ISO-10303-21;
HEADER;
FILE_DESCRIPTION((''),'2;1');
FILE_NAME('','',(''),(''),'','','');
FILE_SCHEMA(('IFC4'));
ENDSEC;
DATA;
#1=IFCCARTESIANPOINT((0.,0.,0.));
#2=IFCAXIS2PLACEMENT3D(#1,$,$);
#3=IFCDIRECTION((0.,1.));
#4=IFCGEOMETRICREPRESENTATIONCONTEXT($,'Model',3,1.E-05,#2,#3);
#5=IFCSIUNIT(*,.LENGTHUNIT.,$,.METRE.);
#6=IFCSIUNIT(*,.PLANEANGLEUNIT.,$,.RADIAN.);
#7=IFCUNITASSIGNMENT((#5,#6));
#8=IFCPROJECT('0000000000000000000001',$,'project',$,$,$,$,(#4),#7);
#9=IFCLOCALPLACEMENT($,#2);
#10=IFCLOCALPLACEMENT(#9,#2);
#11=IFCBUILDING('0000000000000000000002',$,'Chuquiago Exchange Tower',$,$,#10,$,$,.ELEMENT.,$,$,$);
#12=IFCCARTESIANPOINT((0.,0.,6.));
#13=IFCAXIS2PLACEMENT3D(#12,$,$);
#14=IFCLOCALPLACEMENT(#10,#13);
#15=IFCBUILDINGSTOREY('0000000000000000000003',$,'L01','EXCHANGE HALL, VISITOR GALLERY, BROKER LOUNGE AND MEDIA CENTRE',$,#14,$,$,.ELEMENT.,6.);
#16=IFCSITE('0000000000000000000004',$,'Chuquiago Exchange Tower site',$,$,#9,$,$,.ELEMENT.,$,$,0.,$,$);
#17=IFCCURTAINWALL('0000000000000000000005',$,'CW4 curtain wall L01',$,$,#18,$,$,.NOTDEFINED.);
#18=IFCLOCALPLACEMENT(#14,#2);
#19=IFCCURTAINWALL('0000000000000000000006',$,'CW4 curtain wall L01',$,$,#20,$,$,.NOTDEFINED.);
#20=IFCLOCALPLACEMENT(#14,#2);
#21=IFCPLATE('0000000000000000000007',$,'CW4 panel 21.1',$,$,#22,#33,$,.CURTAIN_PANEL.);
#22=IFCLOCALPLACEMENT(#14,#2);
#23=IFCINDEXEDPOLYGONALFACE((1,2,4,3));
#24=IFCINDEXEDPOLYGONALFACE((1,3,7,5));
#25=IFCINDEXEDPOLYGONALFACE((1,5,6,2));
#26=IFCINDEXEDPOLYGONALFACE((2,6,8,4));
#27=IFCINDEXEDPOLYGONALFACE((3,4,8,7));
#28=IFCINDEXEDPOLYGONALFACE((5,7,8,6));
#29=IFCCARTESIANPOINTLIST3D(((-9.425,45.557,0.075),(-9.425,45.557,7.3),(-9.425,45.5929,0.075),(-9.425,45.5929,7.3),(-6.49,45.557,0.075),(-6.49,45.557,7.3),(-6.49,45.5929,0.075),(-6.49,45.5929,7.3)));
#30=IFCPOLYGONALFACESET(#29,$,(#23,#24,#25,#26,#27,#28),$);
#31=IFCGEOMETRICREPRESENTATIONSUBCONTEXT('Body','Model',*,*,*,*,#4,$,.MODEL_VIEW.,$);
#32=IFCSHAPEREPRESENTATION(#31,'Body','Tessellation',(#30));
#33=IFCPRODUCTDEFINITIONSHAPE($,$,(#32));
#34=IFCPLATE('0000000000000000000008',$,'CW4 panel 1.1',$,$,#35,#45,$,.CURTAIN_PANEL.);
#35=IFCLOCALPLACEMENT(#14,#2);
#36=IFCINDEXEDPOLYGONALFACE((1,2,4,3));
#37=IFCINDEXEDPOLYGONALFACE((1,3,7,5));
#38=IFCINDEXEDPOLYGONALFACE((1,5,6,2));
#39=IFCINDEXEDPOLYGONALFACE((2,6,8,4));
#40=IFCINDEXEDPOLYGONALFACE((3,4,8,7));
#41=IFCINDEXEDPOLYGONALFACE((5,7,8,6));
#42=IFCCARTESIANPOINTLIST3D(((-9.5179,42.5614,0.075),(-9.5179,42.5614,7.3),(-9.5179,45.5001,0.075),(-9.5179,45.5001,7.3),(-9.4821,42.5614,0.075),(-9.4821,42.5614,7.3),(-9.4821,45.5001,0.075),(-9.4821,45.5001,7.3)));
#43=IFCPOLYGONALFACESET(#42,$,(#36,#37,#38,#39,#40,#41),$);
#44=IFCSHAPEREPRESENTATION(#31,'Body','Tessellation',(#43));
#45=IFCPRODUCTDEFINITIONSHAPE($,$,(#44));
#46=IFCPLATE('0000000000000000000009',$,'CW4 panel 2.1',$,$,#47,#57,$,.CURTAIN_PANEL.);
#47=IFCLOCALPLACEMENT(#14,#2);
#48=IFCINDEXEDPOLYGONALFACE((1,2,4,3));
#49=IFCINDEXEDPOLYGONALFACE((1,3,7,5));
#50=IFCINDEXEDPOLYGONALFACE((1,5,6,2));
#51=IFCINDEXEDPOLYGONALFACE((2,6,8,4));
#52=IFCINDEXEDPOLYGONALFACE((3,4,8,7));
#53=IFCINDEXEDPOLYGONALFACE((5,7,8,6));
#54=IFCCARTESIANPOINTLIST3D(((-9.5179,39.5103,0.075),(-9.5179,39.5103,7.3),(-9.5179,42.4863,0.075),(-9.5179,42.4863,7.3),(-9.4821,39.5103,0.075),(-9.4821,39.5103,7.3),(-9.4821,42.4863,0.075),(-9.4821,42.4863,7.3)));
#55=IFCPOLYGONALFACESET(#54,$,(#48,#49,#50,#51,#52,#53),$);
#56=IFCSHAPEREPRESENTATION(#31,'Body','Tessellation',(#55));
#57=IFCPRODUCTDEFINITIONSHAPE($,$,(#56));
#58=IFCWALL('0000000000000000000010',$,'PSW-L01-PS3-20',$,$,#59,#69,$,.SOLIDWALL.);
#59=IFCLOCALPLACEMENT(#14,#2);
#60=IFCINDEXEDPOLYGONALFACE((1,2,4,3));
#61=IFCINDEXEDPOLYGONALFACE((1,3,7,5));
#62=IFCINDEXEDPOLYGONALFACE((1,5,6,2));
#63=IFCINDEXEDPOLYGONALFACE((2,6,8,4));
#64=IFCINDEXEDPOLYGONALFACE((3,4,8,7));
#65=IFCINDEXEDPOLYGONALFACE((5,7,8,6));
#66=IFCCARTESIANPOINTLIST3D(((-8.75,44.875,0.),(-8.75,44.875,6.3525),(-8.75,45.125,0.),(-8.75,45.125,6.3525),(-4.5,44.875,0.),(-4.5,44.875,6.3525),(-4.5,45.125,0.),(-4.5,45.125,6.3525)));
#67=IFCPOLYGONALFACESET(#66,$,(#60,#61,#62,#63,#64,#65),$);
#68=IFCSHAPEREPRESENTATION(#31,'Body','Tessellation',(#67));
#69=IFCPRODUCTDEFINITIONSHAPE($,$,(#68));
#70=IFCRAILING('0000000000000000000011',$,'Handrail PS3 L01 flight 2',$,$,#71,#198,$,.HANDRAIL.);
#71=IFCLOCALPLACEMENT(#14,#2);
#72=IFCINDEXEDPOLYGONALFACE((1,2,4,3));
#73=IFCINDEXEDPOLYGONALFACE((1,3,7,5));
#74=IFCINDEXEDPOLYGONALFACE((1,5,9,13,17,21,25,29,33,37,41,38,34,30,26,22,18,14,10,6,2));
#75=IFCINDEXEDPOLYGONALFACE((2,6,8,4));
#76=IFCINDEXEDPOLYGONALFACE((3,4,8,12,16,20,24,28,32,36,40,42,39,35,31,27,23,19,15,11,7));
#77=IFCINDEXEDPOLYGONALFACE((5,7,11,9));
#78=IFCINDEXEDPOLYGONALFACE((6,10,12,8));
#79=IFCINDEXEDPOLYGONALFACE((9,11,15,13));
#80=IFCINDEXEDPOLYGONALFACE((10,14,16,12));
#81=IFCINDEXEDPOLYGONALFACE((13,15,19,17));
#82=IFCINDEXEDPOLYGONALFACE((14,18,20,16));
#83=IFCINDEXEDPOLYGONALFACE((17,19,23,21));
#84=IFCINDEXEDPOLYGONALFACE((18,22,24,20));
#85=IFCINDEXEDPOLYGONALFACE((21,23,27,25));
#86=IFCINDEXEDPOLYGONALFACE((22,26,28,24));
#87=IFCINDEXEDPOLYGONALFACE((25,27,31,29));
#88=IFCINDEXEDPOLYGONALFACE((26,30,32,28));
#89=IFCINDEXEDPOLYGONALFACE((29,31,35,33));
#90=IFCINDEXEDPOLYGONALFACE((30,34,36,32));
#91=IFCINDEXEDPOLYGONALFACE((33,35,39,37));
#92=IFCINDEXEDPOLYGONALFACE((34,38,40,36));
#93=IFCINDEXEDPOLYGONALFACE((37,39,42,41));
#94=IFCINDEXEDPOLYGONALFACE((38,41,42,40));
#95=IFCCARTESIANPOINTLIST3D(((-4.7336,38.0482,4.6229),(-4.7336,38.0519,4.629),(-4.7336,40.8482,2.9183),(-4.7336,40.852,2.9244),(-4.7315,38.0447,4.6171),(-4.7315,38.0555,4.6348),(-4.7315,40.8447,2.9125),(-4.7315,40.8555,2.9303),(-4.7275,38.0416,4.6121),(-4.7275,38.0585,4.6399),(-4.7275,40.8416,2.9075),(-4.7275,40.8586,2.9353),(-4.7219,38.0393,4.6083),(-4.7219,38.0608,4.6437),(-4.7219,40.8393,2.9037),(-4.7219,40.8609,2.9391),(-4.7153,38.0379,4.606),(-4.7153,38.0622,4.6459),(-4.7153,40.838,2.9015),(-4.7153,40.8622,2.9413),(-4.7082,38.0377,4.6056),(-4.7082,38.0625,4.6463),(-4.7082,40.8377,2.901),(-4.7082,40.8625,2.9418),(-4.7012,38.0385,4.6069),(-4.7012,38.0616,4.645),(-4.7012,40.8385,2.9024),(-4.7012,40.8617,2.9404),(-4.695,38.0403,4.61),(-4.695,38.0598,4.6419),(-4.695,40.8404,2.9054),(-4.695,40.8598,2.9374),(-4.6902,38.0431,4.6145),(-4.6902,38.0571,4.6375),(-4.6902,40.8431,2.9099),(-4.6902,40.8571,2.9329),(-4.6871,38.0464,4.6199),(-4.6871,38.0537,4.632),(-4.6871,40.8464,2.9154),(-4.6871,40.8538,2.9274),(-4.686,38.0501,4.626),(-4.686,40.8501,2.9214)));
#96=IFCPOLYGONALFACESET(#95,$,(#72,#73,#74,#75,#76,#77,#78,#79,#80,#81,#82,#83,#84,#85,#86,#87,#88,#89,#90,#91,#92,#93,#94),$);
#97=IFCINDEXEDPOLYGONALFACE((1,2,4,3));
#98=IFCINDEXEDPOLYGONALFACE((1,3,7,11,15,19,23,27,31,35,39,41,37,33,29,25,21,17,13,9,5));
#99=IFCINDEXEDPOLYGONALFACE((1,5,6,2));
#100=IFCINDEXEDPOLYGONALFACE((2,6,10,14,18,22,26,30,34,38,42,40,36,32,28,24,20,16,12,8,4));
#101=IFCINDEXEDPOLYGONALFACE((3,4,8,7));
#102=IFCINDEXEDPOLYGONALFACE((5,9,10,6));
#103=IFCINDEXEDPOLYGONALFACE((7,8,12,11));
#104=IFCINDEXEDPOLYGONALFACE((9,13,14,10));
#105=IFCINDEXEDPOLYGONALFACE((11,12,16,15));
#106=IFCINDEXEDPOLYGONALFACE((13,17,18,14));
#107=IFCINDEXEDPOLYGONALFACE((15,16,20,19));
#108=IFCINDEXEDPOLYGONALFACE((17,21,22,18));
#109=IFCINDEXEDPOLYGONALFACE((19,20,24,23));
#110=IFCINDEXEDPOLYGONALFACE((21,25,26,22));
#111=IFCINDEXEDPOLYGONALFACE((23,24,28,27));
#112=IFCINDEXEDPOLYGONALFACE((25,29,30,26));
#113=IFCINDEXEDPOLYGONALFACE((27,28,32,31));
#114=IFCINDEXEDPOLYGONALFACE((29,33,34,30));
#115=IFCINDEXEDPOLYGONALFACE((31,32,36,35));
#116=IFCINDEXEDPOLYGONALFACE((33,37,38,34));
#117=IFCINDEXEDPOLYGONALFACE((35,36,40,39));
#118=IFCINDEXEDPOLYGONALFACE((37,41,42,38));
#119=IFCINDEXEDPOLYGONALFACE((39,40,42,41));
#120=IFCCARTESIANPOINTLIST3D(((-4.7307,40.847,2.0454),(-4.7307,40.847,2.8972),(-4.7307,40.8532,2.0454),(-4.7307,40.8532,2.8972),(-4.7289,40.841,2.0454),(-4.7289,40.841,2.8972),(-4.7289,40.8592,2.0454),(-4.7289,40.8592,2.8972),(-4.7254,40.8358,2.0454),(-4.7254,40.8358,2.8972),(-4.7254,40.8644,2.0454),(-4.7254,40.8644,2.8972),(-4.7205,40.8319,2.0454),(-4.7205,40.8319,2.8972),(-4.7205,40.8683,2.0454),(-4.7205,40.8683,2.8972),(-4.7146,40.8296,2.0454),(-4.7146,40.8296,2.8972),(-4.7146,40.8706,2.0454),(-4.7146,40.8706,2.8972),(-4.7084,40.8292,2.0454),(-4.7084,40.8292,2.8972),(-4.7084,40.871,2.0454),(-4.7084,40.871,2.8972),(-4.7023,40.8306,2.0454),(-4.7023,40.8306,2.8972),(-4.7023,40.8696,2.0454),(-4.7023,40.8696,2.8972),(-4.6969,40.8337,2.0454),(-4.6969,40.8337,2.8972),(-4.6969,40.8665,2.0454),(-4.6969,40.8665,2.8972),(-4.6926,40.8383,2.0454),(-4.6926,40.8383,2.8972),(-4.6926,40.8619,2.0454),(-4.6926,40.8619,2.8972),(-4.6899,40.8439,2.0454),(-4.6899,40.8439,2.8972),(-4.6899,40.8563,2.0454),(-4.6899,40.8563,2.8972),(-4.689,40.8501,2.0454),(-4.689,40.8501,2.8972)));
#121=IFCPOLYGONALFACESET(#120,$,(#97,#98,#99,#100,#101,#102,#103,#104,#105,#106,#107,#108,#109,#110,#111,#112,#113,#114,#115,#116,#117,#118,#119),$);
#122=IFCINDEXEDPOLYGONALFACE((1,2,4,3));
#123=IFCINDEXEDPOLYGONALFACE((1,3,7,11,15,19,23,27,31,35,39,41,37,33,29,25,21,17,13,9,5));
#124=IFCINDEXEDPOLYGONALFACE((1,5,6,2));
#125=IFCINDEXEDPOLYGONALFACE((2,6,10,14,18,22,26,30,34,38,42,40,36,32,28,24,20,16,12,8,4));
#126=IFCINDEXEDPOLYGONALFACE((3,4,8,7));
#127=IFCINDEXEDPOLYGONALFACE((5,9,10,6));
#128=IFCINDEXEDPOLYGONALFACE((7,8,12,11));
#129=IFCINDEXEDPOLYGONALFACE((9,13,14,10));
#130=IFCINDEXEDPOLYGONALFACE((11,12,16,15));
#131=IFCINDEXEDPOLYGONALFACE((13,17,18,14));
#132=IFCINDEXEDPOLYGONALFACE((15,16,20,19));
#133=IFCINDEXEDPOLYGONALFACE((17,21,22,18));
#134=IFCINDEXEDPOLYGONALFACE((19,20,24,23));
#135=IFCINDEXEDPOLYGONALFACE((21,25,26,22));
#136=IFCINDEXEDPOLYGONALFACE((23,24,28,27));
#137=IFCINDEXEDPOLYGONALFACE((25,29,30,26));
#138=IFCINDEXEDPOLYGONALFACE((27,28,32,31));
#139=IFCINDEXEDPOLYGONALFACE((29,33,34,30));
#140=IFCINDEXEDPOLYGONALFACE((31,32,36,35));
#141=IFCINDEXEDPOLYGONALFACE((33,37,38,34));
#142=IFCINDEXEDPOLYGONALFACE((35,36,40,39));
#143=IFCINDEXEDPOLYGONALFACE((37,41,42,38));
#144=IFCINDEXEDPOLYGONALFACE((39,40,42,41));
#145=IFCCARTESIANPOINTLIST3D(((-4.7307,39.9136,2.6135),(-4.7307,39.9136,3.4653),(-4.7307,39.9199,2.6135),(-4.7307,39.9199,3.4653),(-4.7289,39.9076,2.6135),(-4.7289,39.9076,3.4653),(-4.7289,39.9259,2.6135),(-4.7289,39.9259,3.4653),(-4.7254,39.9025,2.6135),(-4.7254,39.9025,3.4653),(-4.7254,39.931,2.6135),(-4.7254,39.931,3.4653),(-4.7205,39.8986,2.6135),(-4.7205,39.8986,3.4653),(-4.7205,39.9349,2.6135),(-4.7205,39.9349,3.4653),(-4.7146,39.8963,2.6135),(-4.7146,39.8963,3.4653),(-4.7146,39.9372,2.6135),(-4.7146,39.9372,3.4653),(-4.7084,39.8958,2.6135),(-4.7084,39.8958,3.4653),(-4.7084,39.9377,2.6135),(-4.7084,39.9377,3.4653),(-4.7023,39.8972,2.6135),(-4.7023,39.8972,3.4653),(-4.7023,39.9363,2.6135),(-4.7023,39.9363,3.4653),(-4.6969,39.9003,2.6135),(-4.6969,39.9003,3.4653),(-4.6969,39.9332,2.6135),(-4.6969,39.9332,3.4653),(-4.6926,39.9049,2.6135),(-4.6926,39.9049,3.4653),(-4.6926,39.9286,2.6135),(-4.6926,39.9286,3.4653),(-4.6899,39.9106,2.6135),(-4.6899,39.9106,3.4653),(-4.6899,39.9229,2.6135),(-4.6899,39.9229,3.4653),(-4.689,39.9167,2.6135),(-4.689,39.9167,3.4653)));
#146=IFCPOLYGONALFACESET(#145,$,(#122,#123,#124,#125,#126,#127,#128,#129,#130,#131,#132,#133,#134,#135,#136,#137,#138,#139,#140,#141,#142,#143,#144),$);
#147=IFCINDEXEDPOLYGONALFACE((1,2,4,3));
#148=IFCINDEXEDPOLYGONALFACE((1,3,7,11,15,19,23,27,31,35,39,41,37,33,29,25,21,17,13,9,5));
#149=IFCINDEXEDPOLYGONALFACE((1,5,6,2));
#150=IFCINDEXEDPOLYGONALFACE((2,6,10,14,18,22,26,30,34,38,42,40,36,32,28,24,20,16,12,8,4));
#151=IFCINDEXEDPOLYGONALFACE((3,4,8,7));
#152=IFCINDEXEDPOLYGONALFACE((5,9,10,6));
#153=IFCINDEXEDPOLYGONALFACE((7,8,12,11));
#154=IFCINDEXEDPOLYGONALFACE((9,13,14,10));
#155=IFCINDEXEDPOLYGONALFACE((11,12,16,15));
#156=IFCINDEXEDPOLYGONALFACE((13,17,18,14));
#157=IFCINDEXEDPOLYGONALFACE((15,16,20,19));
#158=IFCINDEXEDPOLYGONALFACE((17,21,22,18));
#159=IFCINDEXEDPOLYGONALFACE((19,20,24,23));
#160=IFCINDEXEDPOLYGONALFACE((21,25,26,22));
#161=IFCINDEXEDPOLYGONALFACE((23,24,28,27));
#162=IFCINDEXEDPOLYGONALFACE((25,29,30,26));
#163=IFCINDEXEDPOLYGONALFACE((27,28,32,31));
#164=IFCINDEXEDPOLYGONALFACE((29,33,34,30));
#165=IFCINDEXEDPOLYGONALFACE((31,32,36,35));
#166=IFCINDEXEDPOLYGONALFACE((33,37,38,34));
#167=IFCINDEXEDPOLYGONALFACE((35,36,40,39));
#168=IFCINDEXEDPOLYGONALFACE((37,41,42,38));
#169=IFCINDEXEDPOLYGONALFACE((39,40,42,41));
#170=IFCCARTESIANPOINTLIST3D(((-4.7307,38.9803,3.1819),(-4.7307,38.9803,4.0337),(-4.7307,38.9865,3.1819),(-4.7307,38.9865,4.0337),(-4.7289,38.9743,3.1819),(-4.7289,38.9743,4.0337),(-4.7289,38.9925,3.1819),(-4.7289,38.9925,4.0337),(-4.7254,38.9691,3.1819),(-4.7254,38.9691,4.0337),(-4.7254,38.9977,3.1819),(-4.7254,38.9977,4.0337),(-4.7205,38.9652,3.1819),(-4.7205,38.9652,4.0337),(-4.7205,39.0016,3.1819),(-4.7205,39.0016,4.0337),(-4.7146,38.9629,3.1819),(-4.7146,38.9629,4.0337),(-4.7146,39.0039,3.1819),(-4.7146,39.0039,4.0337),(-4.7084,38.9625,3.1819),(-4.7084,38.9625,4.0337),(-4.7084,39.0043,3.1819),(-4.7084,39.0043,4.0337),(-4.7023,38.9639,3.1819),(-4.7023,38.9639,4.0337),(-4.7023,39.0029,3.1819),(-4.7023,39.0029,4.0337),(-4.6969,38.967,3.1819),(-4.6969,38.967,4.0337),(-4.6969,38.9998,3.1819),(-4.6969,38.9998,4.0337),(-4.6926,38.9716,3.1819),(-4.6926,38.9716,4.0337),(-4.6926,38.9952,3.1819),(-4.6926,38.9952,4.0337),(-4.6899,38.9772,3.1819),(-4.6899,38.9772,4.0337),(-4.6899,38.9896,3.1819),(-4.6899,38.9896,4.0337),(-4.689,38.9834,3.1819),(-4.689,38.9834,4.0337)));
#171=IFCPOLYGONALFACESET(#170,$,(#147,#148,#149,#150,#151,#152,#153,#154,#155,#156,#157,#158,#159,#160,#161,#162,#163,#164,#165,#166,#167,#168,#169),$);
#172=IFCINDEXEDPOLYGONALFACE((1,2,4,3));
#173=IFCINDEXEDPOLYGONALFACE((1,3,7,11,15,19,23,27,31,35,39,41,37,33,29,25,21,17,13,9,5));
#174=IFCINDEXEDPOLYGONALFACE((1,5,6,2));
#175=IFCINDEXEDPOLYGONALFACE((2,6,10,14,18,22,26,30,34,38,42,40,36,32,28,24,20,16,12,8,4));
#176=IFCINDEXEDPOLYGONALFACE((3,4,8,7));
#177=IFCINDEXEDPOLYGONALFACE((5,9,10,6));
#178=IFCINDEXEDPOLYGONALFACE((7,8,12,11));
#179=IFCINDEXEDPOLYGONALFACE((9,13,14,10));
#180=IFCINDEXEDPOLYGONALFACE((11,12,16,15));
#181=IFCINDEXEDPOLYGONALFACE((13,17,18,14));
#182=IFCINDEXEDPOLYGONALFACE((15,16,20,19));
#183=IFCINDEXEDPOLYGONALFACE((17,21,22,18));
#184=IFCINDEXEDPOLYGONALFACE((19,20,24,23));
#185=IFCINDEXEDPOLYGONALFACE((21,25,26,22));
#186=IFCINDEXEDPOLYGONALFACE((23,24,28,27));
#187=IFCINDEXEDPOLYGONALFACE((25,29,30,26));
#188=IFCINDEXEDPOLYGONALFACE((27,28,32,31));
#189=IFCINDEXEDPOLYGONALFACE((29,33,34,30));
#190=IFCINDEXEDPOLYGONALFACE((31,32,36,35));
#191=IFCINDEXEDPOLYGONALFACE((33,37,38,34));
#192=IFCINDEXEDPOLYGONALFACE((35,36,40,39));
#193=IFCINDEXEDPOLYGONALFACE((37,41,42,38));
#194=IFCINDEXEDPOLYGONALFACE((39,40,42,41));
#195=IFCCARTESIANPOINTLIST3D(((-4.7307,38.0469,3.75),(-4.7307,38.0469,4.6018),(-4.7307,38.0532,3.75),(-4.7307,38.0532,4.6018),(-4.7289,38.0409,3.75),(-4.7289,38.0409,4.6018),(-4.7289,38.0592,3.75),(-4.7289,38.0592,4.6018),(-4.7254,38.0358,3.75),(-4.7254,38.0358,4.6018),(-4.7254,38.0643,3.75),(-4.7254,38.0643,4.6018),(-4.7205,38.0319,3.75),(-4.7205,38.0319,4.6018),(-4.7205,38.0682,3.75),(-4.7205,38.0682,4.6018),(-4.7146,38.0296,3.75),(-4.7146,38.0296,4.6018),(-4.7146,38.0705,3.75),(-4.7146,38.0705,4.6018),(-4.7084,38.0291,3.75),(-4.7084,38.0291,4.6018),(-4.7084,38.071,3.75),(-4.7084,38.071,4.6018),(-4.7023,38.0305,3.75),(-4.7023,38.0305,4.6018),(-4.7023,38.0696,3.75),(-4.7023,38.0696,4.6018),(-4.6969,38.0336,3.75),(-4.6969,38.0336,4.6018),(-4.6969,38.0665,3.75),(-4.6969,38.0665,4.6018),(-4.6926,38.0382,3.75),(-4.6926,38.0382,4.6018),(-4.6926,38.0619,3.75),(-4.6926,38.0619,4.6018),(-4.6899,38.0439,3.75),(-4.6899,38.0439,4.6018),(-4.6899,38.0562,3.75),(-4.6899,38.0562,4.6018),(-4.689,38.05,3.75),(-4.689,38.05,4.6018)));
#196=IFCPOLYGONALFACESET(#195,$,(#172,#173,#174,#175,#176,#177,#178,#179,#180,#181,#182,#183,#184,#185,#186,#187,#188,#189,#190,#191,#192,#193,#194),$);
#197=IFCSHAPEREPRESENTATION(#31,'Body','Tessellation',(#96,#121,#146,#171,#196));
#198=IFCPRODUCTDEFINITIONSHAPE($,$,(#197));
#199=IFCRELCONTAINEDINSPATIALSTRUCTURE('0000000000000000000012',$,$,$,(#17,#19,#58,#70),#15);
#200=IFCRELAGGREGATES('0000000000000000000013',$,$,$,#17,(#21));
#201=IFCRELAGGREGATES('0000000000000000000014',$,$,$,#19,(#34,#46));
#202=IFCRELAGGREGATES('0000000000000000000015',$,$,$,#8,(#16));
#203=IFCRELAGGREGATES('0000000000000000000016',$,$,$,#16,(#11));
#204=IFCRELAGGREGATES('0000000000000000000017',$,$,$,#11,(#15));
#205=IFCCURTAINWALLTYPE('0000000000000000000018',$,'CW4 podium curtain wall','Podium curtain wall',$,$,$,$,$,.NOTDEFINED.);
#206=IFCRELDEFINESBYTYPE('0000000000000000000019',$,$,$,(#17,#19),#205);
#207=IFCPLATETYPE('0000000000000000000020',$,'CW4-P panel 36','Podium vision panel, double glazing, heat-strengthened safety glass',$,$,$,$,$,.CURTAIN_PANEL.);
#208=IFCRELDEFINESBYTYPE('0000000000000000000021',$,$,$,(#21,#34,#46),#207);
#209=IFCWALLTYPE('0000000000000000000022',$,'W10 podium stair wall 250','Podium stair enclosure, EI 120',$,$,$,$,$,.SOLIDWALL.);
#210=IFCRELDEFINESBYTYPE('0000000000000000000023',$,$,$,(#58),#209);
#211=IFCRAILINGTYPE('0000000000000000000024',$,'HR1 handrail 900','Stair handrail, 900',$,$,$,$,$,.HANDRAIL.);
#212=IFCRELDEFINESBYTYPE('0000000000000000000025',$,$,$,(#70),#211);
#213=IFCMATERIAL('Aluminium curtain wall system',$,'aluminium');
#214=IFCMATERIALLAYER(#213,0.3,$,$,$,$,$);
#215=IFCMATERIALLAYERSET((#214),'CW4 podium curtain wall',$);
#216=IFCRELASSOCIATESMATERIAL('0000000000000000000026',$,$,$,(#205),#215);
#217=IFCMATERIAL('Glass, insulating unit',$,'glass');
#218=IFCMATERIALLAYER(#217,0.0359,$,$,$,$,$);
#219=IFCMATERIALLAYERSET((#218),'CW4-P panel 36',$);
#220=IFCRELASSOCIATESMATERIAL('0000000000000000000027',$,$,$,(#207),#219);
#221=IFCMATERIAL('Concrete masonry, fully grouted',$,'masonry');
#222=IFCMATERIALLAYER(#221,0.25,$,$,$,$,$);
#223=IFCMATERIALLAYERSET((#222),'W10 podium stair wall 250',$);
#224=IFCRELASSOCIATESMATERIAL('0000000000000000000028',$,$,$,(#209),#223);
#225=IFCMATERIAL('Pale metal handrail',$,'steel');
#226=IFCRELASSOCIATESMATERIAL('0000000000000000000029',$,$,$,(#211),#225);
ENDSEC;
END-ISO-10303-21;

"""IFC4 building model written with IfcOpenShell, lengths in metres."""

from ifc_helpers import new_model, si_unit, direction, frame, frame_2d, origin, origin_2d, place, context, subcontext, project, spatial, rectangle, circle, extrude, material, layer, layer_set, type_object, element, aggregate, save


model = new_model("IFC4")

# Units and contexts
model_context = context("Model", 3, precision=1e-05, world=origin(), true_north=direction((0.0, 1.0)))
body_context = subcontext(model_context, "Body", "Model", "MODEL_VIEW")
ifc_project = project(units=[si_unit("LENGTHUNIT", "METRE"), si_unit("PLANEANGLEUNIT", "RADIAN")], contexts=[model_context])

# Site, building, storey
site_placement = place(None, origin())
site = spatial("IfcSite", under=ifc_project, at=site_placement, Name="Chuquiago Exchange Tower site", CompositionType="ELEMENT", RefElevation=0.0)
building_placement = place(site_placement, origin())
building = spatial("IfcBuilding", under=site, at=building_placement, Name="Chuquiago Exchange Tower", CompositionType="ELEMENT")
storey_placement = place(building_placement, frame((0.0, 0.0, 6.0)))
storey = spatial("IfcBuildingStorey", under=building, at=storey_placement, Name="L01", Description="EXCHANGE HALL, VISITOR GALLERY, BROKER LOUNGE AND MEDIA CENTRE", CompositionType="ELEMENT", Elevation=6.0)

# Curtain walls
ifc_material_1 = material(Name="Aluminium curtain wall system", Category="aluminium")
ifc_layer_1 = layer(ifc_material_1, 0.3)
ifc_layer_set_1 = layer_set([ifc_layer_1], Name="CW4 podium curtain wall")
curtain_wall_type = type_object("IfcCurtainWallType", Name="CW4 podium curtain wall", Description="Podium curtain wall", PredefinedType="NOTDEFINED", material=ifc_layer_set_1)
curtain_wall_1_placement = place(storey_placement, origin())
curtain_wall_1 = element("IfcCurtainWall", 1, at=curtain_wall_1_placement, inside=storey, type_object=curtain_wall_type, Name="CW4 curtain wall L01", PredefinedType="NOTDEFINED")
curtain_wall_2_placement = place(storey_placement, origin())
curtain_wall_2 = element("IfcCurtainWall", 2, at=curtain_wall_2_placement, inside=storey, type_object=curtain_wall_type, Name="CW4 curtain wall L01", PredefinedType="NOTDEFINED")

# Plates
ifc_material_2 = material(Name="Glass, insulating unit", Category="glass")
ifc_layer_2 = layer(ifc_material_2, 0.0359)
ifc_layer_set_2 = layer_set([ifc_layer_2], Name="CW4-P panel 36")
plate_type = type_object("IfcPlateType", Name="CW4-P panel 36", Description="Podium vision panel, double glazing, heat-strengthened safety glass", PredefinedType="CURTAIN_PANEL", material=ifc_layer_set_2)
plate_1_placement = place(storey_placement, frame((-7.9575, 45.575, 0.075), z_axis=(0.0, 0.0, 1.0), x_axis=(-1.0, 0.0, 0.0)))
plate_1 = element("IfcPlate", 3, at=plate_1_placement, type_object=plate_type, Name="CW4 panel 21.1", PredefinedType="CURTAIN_PANEL", context=body_context, shape_type="SweptSolid", body=[
    extrude(rectangle(XDim=2.9351, YDim=0.0359, at=origin_2d()), origin(), (0.0, 0.0, 1.0), 7.2251),
])
aggregate(curtain_wall_1, [plate_1])
plate_2_placement = place(storey_placement, frame((-9.5, 44.0308, 0.075), z_axis=(0.0, 0.0, 1.0), x_axis=(0.0, -1.0, 0.0)))
plate_2 = element("IfcPlate", 4, at=plate_2_placement, type_object=plate_type, Name="CW4 panel 1.1", PredefinedType="CURTAIN_PANEL", context=body_context, shape_type="SweptSolid", body=[
    extrude(rectangle(XDim=2.9387, YDim=0.0359, at=origin_2d()), origin(), (0.0, 0.0, 1.0), 7.2251),
])
plate_3_placement = place(storey_placement, frame((-9.5, 40.9983, 0.075), z_axis=(0.0, 0.0, 1.0), x_axis=(0.0, -1.0, 0.0)))
plate_3 = element("IfcPlate", 5, at=plate_3_placement, type_object=plate_type, Name="CW4 panel 2.1", PredefinedType="CURTAIN_PANEL", context=body_context, shape_type="SweptSolid", body=[
    extrude(rectangle(XDim=2.9761, YDim=0.0359, at=origin_2d()), origin(), (0.0, 0.0, 1.0), 7.2251),
])
aggregate(curtain_wall_2, [plate_2, plate_3])

# Wall
ifc_material_3 = material(Name="Concrete masonry, fully grouted", Category="masonry")
ifc_layer_3 = layer(ifc_material_3, 0.25)
ifc_layer_set_3 = layer_set([ifc_layer_3], Name="W10 podium stair wall 250")
wall_type = type_object("IfcWallType", Name="W10 podium stair wall 250", Description="Podium stair enclosure, EI 120", PredefinedType="SOLIDWALL", material=ifc_layer_set_3)
wall_placement = place(storey_placement, frame((-8.75, 45.0, 0.0), z_axis=(0.0, 0.0, 1.0), x_axis=(1.0, 0.0, 0.0)))
element("IfcWall", 6, at=wall_placement, inside=storey, type_object=wall_type, Name="PSW-L01-PS3-20", PredefinedType="SOLIDWALL", context=body_context, shape_type="SweptSolid", body=[
    extrude(rectangle(XDim=4.25, YDim=0.25, at=frame_2d((2.125, 0.0))), origin(), (0.0, 0.0, 1.0), 6.3525),
])

# Railing
ifc_material_4 = material(Name="Pale metal handrail", Category="steel")
railing_type = type_object("IfcRailingType", Name="HR1 handrail 900", Description="Stair handrail, 900", PredefinedType="HANDRAIL", material=ifc_material_4)
for number, where, name in (
    (7, (-4.71, 40.8501, 2.0454), "Handrail PS3 L01 flight 2"),
):
    element("IfcRailing", number, at=place(storey_placement, frame(where)), inside=storey, type_object=railing_type, Name=name, PredefinedType="HANDRAIL", context=body_context, shape_type="SweptSolid", body=[
        extrude(circle(Radius=0.0239, at=origin_2d()), frame((0.0, 0.0, 0.876), z_axis=(0.0, -0.85417, 0.519994), x_axis=(1.0, 0.0, 0.0)), (0.0, 0.0, 1.0), 3.2781),
        extrude(circle(Radius=0.021, at=origin_2d()), origin(), (0.0, 0.0, 1.0), 0.8518),
        extrude(circle(Radius=0.021, at=origin_2d()), frame((0.0, -0.9333, 0.5681)), (0.0, 0.0, 1.0), 0.8518),
        extrude(circle(Radius=0.021, at=origin_2d()), frame((0.0, -1.8667, 1.1365)), (0.0, 0.0, 1.0), 0.8518),
        extrude(circle(Radius=0.021, at=origin_2d()), frame((0.0, -2.8, 1.7046)), (0.0, 0.0, 1.0), 0.8518),
    ])

save(model, "model.ifc")
